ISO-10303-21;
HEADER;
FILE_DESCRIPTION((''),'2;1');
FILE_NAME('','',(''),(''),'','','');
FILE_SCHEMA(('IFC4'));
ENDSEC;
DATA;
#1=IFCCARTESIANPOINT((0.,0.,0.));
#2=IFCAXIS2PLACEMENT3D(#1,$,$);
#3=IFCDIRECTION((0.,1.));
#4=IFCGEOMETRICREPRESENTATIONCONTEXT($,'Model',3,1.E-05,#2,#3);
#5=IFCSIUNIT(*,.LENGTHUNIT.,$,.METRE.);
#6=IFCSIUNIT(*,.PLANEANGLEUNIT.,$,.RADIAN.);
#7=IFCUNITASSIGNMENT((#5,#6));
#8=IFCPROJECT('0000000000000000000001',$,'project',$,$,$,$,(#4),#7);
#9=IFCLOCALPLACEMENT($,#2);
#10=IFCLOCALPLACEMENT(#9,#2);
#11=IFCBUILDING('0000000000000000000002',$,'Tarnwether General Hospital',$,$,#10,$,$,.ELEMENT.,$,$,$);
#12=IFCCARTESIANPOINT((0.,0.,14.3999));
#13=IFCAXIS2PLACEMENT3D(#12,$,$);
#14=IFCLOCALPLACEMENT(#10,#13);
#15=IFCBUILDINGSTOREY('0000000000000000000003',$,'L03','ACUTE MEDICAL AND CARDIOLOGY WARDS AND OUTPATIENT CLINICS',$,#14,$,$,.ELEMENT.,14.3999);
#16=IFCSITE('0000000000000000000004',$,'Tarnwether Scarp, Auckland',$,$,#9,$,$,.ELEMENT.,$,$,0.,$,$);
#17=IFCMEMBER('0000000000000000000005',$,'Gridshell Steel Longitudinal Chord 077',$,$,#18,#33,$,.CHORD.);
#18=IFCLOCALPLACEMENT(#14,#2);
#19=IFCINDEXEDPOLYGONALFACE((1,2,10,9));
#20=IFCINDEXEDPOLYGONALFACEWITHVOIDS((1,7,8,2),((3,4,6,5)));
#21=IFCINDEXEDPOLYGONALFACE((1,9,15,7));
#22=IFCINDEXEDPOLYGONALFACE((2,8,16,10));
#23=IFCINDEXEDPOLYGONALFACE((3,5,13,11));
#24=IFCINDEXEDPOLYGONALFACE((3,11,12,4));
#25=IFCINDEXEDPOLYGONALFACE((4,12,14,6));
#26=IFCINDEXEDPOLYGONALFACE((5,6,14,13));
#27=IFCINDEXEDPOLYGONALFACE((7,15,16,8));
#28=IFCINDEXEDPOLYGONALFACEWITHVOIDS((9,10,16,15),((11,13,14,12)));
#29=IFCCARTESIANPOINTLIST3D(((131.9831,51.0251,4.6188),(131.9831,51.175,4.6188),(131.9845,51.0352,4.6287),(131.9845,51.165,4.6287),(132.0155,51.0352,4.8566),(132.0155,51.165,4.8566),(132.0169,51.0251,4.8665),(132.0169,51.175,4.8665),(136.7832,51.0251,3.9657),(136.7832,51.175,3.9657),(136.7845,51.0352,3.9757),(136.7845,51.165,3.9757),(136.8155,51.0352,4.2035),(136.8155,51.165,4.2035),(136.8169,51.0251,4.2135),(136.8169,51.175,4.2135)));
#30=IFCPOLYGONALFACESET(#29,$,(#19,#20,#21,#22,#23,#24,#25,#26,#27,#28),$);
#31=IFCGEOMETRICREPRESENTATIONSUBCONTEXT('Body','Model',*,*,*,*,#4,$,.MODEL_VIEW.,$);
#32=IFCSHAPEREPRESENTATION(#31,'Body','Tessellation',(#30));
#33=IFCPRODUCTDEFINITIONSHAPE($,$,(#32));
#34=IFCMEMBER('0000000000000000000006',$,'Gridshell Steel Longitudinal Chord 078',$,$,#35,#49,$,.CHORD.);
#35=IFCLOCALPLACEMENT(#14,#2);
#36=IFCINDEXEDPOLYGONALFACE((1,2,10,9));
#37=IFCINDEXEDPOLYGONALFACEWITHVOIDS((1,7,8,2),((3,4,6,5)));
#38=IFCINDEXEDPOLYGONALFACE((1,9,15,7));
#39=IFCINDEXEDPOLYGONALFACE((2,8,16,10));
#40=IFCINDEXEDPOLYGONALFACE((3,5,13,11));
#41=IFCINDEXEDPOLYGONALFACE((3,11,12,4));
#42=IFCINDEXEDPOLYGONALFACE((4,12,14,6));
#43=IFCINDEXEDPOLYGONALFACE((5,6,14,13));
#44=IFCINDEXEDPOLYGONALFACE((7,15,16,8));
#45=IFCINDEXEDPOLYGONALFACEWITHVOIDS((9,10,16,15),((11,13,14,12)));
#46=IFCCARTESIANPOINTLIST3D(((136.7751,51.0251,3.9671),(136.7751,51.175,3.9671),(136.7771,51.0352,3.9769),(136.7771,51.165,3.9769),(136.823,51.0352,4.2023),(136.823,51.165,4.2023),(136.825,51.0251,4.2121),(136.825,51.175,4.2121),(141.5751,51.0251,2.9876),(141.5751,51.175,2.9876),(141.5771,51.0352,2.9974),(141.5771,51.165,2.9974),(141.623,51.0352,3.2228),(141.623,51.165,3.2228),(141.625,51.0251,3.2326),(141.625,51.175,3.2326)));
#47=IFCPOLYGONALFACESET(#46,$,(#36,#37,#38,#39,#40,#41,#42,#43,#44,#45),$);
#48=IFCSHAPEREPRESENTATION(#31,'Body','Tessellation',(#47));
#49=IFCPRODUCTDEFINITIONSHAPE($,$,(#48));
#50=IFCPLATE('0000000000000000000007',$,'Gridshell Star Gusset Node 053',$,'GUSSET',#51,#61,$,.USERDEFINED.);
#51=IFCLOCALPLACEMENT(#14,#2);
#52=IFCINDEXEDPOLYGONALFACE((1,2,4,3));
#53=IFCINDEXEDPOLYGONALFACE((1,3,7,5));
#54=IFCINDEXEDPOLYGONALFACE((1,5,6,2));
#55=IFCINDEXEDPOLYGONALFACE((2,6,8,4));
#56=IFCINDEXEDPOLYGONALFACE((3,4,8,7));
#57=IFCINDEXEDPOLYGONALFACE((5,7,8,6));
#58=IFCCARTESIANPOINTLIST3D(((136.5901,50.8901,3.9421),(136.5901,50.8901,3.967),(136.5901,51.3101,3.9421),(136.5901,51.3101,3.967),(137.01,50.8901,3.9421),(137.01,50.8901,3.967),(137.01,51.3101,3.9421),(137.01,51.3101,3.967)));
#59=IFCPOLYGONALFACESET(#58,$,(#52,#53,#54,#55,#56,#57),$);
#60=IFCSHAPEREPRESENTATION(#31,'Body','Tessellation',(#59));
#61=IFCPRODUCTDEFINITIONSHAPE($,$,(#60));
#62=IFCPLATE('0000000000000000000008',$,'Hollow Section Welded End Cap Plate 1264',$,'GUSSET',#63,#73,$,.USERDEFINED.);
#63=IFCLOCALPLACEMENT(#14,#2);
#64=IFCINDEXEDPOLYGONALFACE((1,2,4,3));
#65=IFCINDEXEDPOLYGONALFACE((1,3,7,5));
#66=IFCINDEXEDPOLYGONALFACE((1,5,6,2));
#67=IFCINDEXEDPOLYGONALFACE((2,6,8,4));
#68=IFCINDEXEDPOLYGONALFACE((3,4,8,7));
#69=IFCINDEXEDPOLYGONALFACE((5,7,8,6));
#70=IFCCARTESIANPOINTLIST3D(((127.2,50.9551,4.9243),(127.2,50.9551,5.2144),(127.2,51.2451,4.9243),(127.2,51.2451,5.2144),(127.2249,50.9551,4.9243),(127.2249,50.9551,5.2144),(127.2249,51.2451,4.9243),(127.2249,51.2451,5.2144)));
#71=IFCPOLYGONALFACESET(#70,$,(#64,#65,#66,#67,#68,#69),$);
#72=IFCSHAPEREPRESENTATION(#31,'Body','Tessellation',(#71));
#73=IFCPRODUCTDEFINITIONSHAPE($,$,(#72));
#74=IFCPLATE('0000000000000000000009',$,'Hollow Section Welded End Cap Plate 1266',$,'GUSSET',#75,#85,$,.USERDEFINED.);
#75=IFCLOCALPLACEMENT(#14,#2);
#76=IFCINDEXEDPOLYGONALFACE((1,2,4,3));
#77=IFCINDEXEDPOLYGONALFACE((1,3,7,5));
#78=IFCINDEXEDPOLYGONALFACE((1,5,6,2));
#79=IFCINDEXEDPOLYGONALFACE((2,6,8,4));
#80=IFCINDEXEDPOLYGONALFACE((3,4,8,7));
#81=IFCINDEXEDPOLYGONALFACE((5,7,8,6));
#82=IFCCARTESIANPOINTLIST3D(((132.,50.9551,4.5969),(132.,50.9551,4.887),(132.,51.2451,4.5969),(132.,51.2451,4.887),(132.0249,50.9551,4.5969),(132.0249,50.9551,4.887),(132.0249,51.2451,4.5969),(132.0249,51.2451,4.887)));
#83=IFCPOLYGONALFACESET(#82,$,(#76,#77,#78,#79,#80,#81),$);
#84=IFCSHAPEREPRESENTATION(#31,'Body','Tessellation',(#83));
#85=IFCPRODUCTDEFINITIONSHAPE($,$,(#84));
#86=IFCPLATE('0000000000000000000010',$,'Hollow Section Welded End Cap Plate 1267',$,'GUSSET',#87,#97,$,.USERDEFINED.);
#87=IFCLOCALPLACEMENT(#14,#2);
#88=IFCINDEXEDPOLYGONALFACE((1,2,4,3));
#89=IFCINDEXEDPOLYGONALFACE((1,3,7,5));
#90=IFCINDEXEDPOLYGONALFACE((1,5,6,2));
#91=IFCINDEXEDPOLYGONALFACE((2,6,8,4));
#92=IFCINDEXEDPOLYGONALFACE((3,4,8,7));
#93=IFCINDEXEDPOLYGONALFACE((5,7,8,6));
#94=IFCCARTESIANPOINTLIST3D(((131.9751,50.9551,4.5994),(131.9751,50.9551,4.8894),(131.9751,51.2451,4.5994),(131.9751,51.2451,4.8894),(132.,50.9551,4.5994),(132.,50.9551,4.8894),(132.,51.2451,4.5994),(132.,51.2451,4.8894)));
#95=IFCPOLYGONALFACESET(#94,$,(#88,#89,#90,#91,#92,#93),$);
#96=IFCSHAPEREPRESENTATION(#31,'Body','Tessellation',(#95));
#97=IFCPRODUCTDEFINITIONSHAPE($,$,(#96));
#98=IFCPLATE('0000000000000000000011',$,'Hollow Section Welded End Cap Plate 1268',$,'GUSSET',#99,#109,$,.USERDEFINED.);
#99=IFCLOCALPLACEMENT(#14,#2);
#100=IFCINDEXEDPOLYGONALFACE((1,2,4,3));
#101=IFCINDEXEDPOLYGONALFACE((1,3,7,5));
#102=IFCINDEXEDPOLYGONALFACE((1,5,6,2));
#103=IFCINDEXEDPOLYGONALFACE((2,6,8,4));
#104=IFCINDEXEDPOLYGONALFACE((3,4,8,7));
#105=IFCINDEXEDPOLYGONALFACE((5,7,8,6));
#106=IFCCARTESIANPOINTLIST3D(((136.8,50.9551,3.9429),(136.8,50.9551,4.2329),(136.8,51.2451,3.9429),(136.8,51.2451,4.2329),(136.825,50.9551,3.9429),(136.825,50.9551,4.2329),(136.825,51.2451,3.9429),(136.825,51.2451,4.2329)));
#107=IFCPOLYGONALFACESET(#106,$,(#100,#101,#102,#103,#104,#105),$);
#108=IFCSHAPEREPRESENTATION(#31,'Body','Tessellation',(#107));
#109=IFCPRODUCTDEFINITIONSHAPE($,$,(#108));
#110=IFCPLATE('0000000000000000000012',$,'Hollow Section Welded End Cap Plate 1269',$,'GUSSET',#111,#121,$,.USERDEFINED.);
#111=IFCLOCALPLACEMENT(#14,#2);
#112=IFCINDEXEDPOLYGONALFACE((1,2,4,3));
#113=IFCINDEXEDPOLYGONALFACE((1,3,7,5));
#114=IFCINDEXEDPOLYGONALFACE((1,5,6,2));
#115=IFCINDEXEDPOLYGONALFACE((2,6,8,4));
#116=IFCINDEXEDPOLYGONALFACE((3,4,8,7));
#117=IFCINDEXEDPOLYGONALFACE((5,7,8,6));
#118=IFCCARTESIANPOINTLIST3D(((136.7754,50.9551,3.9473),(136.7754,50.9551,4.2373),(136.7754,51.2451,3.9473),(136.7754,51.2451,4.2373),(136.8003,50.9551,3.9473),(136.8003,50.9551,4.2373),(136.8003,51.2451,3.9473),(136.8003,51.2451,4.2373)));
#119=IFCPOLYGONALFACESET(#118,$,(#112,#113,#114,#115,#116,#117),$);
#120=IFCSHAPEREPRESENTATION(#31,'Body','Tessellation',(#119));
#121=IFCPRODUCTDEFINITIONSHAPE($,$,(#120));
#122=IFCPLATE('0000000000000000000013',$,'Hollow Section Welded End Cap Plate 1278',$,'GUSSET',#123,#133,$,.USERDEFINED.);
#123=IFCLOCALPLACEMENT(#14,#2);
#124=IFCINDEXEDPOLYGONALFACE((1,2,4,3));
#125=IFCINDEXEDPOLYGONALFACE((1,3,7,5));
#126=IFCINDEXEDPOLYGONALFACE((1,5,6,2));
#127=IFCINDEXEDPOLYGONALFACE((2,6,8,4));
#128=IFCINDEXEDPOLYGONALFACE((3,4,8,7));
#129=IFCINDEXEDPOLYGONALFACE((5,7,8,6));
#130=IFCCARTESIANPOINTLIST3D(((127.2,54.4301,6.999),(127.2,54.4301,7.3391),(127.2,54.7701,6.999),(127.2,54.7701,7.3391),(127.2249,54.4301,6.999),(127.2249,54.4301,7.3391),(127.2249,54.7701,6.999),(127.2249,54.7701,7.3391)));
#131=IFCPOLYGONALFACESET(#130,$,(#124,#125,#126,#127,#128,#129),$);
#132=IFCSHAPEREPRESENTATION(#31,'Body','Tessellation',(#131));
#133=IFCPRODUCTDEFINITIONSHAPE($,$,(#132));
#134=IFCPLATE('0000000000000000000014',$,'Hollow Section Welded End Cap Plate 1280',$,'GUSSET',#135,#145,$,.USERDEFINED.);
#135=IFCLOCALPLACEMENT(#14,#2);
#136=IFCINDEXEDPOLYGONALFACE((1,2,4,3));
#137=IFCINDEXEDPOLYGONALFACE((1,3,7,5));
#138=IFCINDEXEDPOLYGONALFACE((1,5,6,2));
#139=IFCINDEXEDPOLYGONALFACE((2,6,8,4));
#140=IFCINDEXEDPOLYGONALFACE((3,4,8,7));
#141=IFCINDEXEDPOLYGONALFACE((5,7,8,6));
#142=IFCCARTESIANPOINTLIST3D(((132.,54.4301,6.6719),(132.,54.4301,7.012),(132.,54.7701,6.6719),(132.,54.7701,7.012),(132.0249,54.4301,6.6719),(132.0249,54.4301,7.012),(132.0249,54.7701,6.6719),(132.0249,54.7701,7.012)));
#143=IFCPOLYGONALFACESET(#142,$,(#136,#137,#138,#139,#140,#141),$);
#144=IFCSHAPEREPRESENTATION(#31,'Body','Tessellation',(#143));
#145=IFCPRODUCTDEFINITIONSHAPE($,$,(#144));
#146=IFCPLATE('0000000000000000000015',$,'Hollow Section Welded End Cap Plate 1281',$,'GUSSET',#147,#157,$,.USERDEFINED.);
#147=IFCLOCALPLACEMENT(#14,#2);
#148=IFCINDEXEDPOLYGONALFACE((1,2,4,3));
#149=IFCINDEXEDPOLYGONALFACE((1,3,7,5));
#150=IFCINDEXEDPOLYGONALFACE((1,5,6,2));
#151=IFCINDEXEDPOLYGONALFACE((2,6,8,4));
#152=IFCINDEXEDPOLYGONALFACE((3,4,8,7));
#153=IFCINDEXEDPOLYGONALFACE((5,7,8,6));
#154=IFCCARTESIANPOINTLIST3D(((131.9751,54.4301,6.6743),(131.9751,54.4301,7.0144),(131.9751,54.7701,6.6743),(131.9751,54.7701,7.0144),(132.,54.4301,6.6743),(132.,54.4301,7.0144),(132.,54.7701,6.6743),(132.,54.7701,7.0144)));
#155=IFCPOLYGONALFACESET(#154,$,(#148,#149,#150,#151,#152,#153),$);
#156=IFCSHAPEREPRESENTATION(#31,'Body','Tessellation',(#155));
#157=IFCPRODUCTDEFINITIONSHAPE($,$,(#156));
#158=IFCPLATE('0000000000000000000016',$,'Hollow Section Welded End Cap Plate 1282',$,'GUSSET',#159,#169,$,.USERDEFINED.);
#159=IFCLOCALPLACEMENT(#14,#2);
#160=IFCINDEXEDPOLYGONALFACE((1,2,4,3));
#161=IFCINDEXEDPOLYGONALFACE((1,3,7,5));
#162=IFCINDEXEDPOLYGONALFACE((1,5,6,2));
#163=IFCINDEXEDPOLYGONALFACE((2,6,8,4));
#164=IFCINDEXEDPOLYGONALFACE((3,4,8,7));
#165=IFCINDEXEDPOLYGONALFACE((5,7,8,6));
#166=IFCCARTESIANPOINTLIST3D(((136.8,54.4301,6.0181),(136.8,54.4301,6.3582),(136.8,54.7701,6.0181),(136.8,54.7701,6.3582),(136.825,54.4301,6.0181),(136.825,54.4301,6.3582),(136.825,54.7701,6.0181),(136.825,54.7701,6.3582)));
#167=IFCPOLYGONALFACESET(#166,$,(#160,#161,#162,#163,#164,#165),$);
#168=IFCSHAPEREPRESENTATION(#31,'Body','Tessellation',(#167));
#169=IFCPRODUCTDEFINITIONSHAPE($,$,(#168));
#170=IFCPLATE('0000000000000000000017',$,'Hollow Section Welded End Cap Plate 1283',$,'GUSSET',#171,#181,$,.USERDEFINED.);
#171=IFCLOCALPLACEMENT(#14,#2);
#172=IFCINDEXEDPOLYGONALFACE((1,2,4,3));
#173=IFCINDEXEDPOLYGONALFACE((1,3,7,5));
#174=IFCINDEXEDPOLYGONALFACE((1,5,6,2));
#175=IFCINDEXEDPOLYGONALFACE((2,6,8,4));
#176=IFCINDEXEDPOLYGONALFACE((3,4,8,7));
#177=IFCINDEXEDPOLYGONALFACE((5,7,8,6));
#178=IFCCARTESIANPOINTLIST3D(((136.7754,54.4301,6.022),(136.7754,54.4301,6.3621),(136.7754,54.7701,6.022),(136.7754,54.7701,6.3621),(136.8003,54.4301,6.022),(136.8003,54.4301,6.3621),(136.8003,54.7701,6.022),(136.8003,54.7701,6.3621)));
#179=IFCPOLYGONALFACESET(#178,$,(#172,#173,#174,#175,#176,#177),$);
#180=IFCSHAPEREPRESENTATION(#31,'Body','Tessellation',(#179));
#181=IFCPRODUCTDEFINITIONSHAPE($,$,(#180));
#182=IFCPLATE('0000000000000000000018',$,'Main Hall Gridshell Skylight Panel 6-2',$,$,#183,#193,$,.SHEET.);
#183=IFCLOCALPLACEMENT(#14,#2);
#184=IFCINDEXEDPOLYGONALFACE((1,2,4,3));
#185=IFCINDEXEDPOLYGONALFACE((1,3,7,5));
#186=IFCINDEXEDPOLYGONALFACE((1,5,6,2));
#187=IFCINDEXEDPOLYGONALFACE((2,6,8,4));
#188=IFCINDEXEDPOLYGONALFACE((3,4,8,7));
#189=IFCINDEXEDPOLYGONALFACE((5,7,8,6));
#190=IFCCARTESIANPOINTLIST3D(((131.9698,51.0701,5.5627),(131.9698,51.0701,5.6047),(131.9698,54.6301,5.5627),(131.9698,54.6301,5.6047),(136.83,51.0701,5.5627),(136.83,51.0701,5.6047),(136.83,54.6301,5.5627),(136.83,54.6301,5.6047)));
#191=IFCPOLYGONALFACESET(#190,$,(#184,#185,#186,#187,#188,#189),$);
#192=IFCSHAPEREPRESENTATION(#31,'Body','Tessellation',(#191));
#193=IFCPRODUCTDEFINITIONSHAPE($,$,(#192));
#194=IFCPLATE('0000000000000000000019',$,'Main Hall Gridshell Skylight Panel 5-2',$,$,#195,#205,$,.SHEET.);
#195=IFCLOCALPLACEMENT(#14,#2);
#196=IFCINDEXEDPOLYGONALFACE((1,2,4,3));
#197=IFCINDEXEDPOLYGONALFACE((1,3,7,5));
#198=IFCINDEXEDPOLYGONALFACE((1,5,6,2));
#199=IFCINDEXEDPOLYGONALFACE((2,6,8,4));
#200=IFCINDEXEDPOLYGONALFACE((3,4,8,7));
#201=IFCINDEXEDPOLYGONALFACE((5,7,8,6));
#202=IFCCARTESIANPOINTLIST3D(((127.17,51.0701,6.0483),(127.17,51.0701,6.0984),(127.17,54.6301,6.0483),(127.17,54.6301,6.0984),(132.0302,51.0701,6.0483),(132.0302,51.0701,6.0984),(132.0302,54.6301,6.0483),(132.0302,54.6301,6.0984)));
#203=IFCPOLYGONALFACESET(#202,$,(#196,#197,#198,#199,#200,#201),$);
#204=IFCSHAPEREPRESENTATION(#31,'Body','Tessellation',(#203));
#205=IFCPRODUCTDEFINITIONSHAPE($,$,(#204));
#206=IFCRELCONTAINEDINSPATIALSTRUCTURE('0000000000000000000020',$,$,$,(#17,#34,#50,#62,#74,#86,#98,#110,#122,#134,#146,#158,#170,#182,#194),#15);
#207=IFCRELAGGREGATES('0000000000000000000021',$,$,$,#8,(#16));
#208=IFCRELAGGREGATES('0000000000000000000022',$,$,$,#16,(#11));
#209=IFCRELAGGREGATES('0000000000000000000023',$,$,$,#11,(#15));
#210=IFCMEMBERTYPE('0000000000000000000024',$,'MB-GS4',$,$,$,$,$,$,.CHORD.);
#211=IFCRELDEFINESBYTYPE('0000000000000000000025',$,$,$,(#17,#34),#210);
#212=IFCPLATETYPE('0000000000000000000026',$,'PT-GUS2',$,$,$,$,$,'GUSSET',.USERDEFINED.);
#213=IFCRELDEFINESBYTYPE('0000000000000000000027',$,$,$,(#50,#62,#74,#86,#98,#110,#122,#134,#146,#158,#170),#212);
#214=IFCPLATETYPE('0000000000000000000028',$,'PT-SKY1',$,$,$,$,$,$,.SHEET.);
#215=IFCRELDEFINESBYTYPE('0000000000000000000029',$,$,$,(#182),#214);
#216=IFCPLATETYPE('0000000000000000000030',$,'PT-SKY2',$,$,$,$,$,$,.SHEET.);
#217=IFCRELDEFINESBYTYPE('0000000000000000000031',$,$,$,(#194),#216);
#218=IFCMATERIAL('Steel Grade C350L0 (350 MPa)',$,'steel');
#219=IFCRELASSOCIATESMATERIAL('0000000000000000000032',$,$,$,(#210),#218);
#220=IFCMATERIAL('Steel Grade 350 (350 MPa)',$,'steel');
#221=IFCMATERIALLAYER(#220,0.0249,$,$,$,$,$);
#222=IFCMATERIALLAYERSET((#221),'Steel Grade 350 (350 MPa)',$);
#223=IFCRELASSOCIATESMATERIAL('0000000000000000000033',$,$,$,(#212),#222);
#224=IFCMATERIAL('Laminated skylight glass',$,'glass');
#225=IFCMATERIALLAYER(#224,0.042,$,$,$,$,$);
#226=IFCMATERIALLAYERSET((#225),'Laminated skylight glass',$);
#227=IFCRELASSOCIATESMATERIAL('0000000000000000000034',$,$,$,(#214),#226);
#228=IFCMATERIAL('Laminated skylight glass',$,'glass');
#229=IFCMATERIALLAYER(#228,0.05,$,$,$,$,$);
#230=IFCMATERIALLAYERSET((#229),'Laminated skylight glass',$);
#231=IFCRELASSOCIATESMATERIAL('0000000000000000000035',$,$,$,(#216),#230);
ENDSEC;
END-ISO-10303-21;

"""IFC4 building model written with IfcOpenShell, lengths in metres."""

from ifc_helpers import new_model, si_unit, direction, frame, origin, origin_2d, place, context, subcontext, project, spatial, rectangle, hollow_rectangle, extrude, material, layer, layer_set, material_profile, profile_set, type_object, element, save


model = new_model("IFC4")

# Units and contexts
model_context = context("Model", 3, precision=1e-05, world=origin(), true_north=direction((0.0, 1.0)))
body_context = subcontext(model_context, "Body", "Model", "MODEL_VIEW")
ifc_project = project(units=[si_unit("LENGTHUNIT", "METRE"), si_unit("PLANEANGLEUNIT", "RADIAN")], contexts=[model_context])

# Site, building, storey
site_placement = place(None, origin())
site = spatial("IfcSite", under=ifc_project, at=site_placement, Name="Tarnwether Scarp, Auckland", CompositionType="ELEMENT", RefElevation=0.0)
building_placement = place(site_placement, origin())
building = spatial("IfcBuilding", under=site, at=building_placement, Name="Tarnwether General Hospital", CompositionType="ELEMENT")
storey_placement = place(building_placement, frame((0.0, 0.0, 14.3999)))
storey = spatial("IfcBuildingStorey", under=building, at=storey_placement, Name="L03", Description="ACUTE MEDICAL AND CARDIOLOGY WARDS AND OUTPATIENT CLINICS", CompositionType="ELEMENT", Elevation=14.3999)

# Members
ifc_material_1 = material(Name="Steel Grade C350L0 (350 MPa)", Category="steel")
ifc_material_profile_1 = material_profile(ifc_material_1, hollow_rectangle(XDim=0.1499, YDim=0.25, WallThickness=0.01, at=origin_2d()), Name="RHS250x150x10")
ifc_profile_set_1 = profile_set([ifc_material_profile_1], Name="Steel Grade C350L0 (350 MPa)")
member_type_1 = type_object("IfcMemberType", Name="MB-GS4", PredefinedType="CHORD", material=ifc_profile_set_1)
member_1_placement = place(storey_placement, frame((132.0, 51.1001, 4.7427), z_axis=(0.990871, 0.0, -0.134814), x_axis=(0.0, 1.0, 0.0)))
element("IfcMember", 1, at=member_1_placement, inside=storey, type_object=member_type_1, Name="Gridshell Steel Longitudinal Chord 077", PredefinedType="CHORD", context=body_context, shape_type="SweptSolid", body=[
    extrude(hollow_rectangle(XDim=0.1499, YDim=0.25, WallThickness=0.01, at=origin_2d()), origin(), (0.0, 0.0, 1.0), 4.8442),
])
member_2_placement = place(storey_placement, frame((136.8, 51.1001, 4.0896), z_axis=(0.979808, 0.0, -0.199939), x_axis=(0.0, 1.0, 0.0)))
element("IfcMember", 2, at=member_2_placement, inside=storey, type_object=member_type_1, Name="Gridshell Steel Longitudinal Chord 078", PredefinedType="CHORD", context=body_context, shape_type="SweptSolid", body=[
    extrude(hollow_rectangle(XDim=0.1499, YDim=0.25, WallThickness=0.01, at=origin_2d()), origin(), (0.0, 0.0, 1.0), 4.8989),
])

# Plates
ifc_material_2 = material(Name="Steel Grade 350 (350 MPa)", Category="steel")
ifc_layer_1 = layer(ifc_material_2, 0.0249)
ifc_layer_set_1 = layer_set([ifc_layer_1], Name="Steel Grade 350 (350 MPa)")
plate_type_1 = type_object("IfcPlateType", Name="PT-GUS2", ElementType="GUSSET", PredefinedType="USERDEFINED", material=ifc_layer_set_1)
plate_1_placement = place(storey_placement, frame((136.8, 51.1001, 3.9421), z_axis=(0.0, 0.0, 1.0), x_axis=(1.0, 0.0, 0.0)))
element("IfcPlate", 3, at=plate_1_placement, inside=storey, type_object=plate_type_1, Name="Gridshell Star Gusset Node 053", ObjectType="GUSSET", PredefinedType="USERDEFINED", context=body_context, shape_type="SweptSolid", body=[
    extrude(rectangle(XDim=0.4199, YDim=0.4199, at=origin_2d()), origin(), (0.0, 0.0, 1.0), 0.0249),
])
for number, where, z_axis, x_axis, name in (
    (4, (127.2124, 51.1001, 4.9243), (0.0, 0.0, 1.0), (1.0, 0.0, 0.0), "Hollow Section Welded End Cap Plate 1264"),
    (5, (132.0125, 51.1001, 4.5969), (0.0, 0.0, 1.0), (1.0, 0.0, 0.0), "Hollow Section Welded End Cap Plate 1266"),
    (6, (131.9875, 51.1001, 4.5994), (0.0, 0.0, 1.0), (1.0, 0.0, 0.0), "Hollow Section Welded End Cap Plate 1267"),
    (7, (136.8125, 51.1001, 3.9429), (0.0, 0.0, 1.0), (1.0, 0.0, 0.0), "Hollow Section Welded End Cap Plate 1268"),
    (8, (136.7878, 51.1001, 3.9473), (0.0, 0.0, 1.0), (1.0, 0.0, 0.0), "Hollow Section Welded End Cap Plate 1269"),
):
    element("IfcPlate", number, at=place(storey_placement, frame(where, z_axis=z_axis, x_axis=x_axis)), inside=storey, type_object=plate_type_1, Name=name, ObjectType="GUSSET", PredefinedType="USERDEFINED", context=body_context, shape_type="SweptSolid", body=[
        extrude(rectangle(XDim=0.0249, YDim=0.29, at=origin_2d()), origin(), (0.0, 0.0, 1.0), 0.29),
    ])
for number, where, z_axis, x_axis, name in (
    (9, (127.2124, 54.6001, 6.999), (0.0, 0.0, 1.0), (1.0, 0.0, 0.0), "Hollow Section Welded End Cap Plate 1278"),
    (10, (132.0125, 54.6001, 6.6719), (0.0, 0.0, 1.0), (1.0, 0.0, 0.0), "Hollow Section Welded End Cap Plate 1280"),
    (11, (131.9875, 54.6001, 6.6743), (0.0, 0.0, 1.0), (1.0, 0.0, 0.0), "Hollow Section Welded End Cap Plate 1281"),
    (12, (136.8125, 54.6001, 6.0181), (0.0, 0.0, 1.0), (1.0, 0.0, 0.0), "Hollow Section Welded End Cap Plate 1282"),
    (13, (136.7878, 54.6001, 6.022), (0.0, 0.0, 1.0), (1.0, 0.0, 0.0), "Hollow Section Welded End Cap Plate 1283"),
):
    element("IfcPlate", number, at=place(storey_placement, frame(where, z_axis=z_axis, x_axis=x_axis)), inside=storey, type_object=plate_type_1, Name=name, ObjectType="GUSSET", PredefinedType="USERDEFINED", context=body_context, shape_type="SweptSolid", body=[
        extrude(rectangle(XDim=0.0249, YDim=0.3401, at=origin_2d()), origin(), (0.0, 0.0, 1.0), 0.3401),
    ])
ifc_material_3 = material(Name="Laminated skylight glass", Category="glass")
ifc_layer_2 = layer(ifc_material_3, 0.042)
ifc_layer_set_2 = layer_set([ifc_layer_2], Name="Laminated skylight glass")
plate_type_2 = type_object("IfcPlateType", Name="PT-SKY1", PredefinedType="SHEET", material=ifc_layer_set_2)
plate_2_placement = place(storey_placement, frame((134.3999, 52.8501, 5.5627), z_axis=(0.0, 0.0, 1.0), x_axis=(1.0, 0.0, 0.0)))
element("IfcPlate", 14, at=plate_2_placement, inside=storey, type_object=plate_type_2, Name="Main Hall Gridshell Skylight Panel 6-2", PredefinedType="SHEET", context=body_context, shape_type="SweptSolid", body=[
    extrude(rectangle(XDim=4.8601, YDim=3.5601, at=origin_2d()), origin(), (0.0, 0.0, 1.0), 0.042),
])
ifc_material_4 = material(Name="Laminated skylight glass", Category="glass")
ifc_layer_3 = layer(ifc_material_4, 0.05)
ifc_layer_set_3 = layer_set([ifc_layer_3], Name="Laminated skylight glass")
plate_type_3 = type_object("IfcPlateType", Name="PT-SKY2", PredefinedType="SHEET", material=ifc_layer_set_3)
plate_3_placement = place(storey_placement, frame((129.6001, 52.8501, 6.0483), z_axis=(0.0, 0.0, 1.0), x_axis=(1.0, 0.0, 0.0)))
element("IfcPlate", 15, at=plate_3_placement, inside=storey, type_object=plate_type_3, Name="Main Hall Gridshell Skylight Panel 5-2", PredefinedType="SHEET", context=body_context, shape_type="SweptSolid", body=[
    extrude(rectangle(XDim=4.8601, YDim=3.5601, at=origin_2d()), origin(), (0.0, 0.0, 1.0), 0.05),
])

save(model, "model.ifc")
